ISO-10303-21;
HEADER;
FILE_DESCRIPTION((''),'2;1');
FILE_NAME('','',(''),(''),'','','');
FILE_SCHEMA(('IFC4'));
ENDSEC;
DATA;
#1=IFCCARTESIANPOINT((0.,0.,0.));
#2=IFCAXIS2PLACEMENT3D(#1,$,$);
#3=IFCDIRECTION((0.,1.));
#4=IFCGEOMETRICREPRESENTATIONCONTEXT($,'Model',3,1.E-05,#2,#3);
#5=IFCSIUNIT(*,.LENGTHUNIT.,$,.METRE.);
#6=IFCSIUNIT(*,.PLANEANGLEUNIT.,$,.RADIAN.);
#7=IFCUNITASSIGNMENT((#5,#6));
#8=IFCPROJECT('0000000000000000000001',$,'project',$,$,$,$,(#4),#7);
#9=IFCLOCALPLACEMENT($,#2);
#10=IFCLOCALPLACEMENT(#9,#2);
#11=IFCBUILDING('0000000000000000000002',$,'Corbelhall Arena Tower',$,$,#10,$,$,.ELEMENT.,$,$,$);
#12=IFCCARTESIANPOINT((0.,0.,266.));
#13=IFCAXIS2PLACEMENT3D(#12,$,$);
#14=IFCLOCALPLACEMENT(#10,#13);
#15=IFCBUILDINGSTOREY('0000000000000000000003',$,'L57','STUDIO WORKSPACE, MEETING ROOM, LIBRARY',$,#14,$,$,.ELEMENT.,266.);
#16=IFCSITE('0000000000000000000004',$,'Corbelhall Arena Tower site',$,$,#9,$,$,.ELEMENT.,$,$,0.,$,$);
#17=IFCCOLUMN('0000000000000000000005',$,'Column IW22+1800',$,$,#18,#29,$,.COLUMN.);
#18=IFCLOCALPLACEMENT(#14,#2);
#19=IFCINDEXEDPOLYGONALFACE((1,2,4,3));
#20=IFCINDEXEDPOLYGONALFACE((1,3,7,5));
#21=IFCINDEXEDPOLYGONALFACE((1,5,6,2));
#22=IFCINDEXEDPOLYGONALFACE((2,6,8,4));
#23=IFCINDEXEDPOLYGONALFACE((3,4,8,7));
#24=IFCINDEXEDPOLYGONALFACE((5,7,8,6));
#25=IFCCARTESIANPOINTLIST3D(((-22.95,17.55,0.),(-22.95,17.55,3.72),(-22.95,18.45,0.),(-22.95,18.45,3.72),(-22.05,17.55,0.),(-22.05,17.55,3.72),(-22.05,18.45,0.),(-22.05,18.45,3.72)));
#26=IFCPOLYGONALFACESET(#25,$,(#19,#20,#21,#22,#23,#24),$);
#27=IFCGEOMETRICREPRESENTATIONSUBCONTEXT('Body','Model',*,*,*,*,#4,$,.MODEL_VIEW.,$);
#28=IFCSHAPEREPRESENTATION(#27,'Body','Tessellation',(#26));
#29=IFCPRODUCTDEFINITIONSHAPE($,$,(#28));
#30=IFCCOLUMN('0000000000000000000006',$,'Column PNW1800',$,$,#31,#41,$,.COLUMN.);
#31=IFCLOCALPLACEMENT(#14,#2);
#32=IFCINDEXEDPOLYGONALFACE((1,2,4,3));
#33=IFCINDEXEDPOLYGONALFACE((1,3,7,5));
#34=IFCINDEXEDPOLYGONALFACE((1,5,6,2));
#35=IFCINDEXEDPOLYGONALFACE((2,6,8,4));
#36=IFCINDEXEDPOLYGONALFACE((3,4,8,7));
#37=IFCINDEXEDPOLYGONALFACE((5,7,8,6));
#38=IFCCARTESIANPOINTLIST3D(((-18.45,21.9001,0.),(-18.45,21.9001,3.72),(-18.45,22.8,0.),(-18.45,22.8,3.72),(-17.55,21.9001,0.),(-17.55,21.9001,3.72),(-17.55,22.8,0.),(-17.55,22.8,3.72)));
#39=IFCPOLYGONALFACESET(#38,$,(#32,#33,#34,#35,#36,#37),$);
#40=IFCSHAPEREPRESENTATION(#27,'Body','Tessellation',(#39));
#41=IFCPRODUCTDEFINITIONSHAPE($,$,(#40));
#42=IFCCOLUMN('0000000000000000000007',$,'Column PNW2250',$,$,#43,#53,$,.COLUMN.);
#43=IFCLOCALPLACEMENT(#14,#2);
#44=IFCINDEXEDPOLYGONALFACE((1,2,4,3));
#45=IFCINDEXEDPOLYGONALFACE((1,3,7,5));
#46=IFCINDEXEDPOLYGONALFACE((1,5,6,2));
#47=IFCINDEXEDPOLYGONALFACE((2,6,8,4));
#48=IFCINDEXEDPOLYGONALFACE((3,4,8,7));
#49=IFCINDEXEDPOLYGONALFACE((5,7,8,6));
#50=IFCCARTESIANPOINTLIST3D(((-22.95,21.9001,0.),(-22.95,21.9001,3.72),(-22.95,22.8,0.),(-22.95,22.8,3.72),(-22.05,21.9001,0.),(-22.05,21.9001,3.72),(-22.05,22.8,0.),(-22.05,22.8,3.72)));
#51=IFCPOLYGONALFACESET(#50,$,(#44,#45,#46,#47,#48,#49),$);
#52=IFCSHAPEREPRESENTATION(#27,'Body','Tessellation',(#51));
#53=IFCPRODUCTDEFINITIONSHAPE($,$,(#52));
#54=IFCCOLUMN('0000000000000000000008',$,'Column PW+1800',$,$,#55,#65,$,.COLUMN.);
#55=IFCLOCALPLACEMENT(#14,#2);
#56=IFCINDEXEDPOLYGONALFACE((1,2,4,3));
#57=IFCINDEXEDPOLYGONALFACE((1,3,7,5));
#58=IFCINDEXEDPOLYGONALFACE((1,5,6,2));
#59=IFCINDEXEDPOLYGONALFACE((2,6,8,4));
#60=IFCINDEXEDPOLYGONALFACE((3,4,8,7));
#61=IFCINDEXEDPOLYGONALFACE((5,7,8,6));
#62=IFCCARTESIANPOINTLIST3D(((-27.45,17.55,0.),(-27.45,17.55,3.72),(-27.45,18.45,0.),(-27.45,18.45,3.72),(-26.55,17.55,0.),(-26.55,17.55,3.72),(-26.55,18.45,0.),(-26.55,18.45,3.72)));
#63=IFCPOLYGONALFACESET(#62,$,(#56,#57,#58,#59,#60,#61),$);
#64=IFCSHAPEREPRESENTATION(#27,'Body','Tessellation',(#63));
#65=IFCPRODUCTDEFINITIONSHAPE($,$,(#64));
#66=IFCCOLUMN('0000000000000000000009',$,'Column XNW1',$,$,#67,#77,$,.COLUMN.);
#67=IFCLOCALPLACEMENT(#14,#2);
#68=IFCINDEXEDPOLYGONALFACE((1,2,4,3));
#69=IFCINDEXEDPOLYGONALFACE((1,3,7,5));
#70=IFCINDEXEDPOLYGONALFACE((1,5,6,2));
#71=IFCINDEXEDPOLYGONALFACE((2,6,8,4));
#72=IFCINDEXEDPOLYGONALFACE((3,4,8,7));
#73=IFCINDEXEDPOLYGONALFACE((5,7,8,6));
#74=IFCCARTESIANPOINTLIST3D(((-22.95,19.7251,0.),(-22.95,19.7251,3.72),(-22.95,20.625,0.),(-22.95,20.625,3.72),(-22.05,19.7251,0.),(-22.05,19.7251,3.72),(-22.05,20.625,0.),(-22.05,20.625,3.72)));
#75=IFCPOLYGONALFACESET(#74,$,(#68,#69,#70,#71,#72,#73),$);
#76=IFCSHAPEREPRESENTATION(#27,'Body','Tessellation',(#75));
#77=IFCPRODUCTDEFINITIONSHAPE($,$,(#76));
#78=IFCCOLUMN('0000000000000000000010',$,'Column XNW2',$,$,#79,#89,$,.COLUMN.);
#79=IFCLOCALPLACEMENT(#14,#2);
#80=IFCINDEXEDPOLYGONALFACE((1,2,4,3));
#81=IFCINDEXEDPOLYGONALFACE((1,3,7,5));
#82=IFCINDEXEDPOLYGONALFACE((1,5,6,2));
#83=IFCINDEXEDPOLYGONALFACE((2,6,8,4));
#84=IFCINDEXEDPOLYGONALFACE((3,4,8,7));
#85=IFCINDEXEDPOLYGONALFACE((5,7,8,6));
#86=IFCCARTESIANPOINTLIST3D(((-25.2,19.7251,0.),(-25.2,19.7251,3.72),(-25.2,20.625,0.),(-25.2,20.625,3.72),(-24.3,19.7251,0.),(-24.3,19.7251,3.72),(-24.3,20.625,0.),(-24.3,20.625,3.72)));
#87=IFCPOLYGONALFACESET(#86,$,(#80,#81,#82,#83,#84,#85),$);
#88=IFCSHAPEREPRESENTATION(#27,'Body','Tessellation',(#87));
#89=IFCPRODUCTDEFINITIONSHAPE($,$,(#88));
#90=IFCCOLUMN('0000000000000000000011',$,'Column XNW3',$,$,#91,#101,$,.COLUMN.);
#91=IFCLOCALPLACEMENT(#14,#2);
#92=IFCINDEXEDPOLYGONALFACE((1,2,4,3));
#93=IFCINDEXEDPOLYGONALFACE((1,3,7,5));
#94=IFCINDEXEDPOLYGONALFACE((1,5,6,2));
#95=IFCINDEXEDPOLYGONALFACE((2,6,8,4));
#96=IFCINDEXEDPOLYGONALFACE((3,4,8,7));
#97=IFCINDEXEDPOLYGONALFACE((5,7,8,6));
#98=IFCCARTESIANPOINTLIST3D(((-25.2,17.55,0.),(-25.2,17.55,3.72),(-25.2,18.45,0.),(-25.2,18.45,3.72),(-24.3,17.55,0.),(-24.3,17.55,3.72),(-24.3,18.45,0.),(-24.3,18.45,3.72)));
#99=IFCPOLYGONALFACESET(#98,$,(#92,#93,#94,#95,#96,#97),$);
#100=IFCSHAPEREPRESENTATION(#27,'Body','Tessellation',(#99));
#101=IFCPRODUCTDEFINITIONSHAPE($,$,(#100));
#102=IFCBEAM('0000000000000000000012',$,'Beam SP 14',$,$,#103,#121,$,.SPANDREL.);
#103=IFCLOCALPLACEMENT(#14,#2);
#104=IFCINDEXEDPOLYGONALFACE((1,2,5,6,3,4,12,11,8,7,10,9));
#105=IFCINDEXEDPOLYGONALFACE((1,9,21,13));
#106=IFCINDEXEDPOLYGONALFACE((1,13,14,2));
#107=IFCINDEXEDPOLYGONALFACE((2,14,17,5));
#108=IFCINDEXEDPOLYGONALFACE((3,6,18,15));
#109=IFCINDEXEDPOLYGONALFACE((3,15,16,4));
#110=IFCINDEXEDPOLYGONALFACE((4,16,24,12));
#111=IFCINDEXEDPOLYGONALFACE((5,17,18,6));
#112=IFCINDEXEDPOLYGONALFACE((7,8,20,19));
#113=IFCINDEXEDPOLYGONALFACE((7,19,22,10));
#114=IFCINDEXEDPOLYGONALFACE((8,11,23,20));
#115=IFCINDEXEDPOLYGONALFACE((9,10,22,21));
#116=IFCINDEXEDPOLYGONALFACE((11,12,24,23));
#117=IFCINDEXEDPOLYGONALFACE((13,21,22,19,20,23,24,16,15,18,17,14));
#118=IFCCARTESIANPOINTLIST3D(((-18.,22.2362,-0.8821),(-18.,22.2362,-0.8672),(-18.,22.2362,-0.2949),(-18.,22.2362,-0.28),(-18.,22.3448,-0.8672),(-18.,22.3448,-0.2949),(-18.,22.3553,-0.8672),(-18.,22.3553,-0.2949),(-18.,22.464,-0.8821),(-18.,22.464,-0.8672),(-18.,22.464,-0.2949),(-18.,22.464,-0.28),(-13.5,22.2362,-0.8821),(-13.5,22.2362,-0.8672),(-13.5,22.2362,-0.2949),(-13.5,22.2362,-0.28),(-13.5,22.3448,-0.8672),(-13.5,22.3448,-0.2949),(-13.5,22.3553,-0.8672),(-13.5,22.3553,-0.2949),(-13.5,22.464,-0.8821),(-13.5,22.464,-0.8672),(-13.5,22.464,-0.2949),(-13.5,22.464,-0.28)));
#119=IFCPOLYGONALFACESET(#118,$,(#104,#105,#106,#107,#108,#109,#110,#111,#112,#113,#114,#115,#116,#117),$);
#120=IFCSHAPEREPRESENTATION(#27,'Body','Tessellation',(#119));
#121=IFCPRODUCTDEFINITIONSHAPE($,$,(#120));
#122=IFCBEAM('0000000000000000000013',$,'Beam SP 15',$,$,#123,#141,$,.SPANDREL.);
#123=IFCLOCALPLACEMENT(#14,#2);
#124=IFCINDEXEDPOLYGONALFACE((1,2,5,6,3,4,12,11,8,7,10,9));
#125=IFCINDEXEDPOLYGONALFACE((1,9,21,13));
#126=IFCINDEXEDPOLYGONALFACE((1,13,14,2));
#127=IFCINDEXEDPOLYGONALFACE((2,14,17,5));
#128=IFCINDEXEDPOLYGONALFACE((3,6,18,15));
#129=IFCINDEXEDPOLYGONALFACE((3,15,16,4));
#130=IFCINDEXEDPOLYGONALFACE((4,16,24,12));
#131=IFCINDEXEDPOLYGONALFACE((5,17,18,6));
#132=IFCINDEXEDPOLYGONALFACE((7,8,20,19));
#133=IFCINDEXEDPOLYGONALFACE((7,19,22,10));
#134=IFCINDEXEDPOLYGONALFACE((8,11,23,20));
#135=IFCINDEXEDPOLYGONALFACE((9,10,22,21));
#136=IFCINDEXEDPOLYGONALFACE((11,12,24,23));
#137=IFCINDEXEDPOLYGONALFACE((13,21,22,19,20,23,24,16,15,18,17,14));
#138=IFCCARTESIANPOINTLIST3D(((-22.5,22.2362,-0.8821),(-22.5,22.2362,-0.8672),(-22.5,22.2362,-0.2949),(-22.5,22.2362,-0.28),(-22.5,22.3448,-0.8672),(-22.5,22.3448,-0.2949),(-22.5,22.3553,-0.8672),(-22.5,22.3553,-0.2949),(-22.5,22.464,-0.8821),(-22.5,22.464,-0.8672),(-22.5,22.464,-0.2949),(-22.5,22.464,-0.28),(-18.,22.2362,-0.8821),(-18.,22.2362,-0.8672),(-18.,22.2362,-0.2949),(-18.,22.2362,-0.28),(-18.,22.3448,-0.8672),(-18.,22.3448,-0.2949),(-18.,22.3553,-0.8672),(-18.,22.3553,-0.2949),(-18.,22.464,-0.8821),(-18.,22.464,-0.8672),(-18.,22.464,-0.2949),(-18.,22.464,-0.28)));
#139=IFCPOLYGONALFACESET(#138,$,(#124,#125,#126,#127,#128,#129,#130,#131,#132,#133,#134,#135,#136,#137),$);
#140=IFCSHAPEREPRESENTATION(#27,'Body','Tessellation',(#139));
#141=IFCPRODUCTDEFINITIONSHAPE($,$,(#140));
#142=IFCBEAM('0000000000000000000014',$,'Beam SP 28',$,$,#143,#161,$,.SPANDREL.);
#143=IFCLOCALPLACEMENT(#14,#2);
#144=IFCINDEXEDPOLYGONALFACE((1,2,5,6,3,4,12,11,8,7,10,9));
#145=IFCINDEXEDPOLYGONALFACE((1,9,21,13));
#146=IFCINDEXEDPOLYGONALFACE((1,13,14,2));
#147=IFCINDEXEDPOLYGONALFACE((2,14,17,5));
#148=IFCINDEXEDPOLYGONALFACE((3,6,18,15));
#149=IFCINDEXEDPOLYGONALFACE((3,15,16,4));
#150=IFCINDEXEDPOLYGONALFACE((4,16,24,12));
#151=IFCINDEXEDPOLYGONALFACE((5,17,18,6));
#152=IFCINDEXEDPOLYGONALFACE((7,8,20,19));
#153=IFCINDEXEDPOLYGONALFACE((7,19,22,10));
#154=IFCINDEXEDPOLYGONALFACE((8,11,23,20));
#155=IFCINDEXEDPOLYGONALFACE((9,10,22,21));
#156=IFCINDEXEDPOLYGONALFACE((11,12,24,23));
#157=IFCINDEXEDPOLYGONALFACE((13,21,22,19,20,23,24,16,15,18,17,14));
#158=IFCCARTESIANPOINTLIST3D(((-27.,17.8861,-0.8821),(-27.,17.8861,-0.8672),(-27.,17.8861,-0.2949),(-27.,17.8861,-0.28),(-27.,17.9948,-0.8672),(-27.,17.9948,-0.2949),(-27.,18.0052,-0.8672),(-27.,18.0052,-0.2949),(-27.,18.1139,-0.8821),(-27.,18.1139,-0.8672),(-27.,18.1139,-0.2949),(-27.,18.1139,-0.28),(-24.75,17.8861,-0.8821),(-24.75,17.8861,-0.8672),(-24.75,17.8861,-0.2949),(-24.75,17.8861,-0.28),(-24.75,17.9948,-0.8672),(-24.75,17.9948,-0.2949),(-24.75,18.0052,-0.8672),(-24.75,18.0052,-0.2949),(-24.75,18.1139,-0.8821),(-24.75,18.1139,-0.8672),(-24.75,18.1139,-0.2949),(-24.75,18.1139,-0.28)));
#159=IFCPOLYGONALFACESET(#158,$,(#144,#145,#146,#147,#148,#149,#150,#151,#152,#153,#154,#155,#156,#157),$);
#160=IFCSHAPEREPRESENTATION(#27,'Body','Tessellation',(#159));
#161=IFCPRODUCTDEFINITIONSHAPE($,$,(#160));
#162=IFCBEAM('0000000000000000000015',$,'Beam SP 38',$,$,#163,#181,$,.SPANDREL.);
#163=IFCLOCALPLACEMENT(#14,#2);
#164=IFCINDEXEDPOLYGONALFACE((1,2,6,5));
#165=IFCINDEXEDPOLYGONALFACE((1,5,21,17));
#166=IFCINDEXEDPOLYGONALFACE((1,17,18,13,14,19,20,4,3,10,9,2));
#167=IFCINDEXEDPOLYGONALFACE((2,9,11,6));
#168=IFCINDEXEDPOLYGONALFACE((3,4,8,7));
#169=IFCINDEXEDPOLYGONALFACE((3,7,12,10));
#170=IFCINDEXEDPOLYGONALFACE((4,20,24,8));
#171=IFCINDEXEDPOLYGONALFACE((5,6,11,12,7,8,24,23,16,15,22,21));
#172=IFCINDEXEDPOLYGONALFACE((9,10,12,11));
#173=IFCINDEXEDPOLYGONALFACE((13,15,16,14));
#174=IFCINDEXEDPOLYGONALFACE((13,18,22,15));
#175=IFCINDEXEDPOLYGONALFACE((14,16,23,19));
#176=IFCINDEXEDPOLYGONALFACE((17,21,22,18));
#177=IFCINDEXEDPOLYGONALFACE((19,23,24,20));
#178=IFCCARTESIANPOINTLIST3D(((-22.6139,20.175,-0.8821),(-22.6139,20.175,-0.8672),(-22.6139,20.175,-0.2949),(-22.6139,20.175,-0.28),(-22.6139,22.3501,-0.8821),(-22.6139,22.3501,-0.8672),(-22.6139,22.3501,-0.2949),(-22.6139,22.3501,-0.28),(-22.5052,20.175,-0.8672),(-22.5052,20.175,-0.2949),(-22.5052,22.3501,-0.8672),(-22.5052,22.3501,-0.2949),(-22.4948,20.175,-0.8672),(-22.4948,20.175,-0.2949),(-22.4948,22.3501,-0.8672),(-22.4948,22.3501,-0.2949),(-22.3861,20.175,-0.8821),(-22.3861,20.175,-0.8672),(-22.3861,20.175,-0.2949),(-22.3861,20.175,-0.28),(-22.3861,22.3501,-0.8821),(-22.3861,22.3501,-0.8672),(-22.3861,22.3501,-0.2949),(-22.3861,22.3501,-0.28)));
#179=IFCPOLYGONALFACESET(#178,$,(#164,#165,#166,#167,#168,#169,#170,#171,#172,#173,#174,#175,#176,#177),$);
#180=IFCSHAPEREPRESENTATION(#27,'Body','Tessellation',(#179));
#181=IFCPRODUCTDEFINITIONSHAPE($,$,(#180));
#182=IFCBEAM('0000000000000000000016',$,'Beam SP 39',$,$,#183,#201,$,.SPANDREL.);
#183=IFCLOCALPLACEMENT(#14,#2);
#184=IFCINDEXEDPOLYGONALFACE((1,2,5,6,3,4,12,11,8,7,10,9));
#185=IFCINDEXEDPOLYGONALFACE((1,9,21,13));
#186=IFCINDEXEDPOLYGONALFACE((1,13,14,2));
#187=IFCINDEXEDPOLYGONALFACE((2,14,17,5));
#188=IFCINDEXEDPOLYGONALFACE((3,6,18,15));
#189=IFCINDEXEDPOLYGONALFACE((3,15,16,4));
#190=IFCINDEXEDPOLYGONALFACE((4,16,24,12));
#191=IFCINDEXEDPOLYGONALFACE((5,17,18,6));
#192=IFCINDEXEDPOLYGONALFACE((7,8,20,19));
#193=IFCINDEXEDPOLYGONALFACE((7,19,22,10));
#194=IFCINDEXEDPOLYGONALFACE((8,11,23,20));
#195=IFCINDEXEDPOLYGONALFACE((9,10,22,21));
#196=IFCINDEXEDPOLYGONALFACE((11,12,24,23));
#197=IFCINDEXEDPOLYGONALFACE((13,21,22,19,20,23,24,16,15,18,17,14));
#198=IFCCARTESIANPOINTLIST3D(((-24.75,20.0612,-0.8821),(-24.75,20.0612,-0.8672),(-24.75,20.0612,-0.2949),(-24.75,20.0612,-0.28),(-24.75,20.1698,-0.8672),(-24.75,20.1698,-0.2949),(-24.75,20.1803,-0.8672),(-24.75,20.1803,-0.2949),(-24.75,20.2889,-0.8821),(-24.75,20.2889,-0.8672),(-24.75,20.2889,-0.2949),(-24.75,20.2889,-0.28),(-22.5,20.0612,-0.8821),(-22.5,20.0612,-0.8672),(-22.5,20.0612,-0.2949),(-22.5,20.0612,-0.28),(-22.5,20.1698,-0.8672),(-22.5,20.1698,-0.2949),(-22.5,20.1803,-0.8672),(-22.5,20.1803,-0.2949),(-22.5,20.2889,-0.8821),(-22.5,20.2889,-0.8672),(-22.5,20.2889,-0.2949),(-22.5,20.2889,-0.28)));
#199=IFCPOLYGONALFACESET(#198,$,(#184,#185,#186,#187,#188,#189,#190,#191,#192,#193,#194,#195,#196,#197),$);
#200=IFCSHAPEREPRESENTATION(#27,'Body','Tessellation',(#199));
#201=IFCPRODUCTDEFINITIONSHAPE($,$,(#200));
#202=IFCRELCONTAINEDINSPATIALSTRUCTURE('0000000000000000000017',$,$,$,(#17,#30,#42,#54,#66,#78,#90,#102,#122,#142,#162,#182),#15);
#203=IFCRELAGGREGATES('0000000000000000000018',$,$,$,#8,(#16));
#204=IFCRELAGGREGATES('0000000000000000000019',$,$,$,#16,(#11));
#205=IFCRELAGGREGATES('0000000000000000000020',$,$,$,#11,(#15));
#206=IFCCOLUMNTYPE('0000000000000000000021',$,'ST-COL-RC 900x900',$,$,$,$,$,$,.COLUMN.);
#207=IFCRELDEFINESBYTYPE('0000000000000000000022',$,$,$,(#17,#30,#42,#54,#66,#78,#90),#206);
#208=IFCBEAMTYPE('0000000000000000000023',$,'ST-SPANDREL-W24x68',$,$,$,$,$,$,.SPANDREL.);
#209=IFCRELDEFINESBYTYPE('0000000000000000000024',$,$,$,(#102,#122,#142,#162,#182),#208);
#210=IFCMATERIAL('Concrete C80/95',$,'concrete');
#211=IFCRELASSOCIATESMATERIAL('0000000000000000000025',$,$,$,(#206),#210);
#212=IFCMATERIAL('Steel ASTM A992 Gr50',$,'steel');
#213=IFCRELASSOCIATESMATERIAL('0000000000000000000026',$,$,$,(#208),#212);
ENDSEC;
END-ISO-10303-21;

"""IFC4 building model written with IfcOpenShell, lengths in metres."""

from ifc_helpers import new_model, si_unit, direction, frame, origin, origin_2d, place, context, subcontext, project, spatial, rectangle, i_section, extrude, material, material_profile, profile_set, type_object, element, save


model = new_model("IFC4")

# Units and contexts
model_context = context("Model", 3, precision=1e-05, world=origin(), true_north=direction((0.0, 1.0)))
body_context = subcontext(model_context, "Body", "Model", "MODEL_VIEW")
ifc_project = project(units=[si_unit("LENGTHUNIT", "METRE"), si_unit("PLANEANGLEUNIT", "RADIAN")], contexts=[model_context])

# Site, building, storey
site_placement = place(None, origin())
site = spatial("IfcSite", under=ifc_project, at=site_placement, Name="Corbelhall Arena Tower site", CompositionType="ELEMENT", RefElevation=0.0)
building_placement = place(site_placement, origin())
building = spatial("IfcBuilding", under=site, at=building_placement, Name="Corbelhall Arena Tower", CompositionType="ELEMENT")
storey_placement = place(building_placement, frame((0.0, 0.0, 266.0)))
storey = spatial("IfcBuildingStorey", under=building, at=storey_placement, Name="L57", Description="STUDIO WORKSPACE, MEETING ROOM, LIBRARY", CompositionType="ELEMENT", Elevation=266.0)

# Columns
ifc_material_1 = material(Name="Concrete C80/95", Category="concrete")
ifc_material_profile_1 = material_profile(ifc_material_1, rectangle(XDim=0.8999, YDim=0.8999, at=origin_2d()))
ifc_profile_set_1 = profile_set([ifc_material_profile_1], Name="Concrete C80/95")
column_type = type_object("IfcColumnType", Name="ST-COL-RC 900x900", PredefinedType="COLUMN", material=ifc_profile_set_1)
for number, where, z_axis, x_axis, name in (
    (1, (-22.5, 18.0, 0.0), (0.0, 0.0, 1.0), (1.0, 0.0, 0.0), "Column IW22+1800"),
    (2, (-18.0, 22.3501, 0.0), (0.0, 0.0, 1.0), (1.0, 0.0, 0.0), "Column PNW1800"),
    (3, (-22.5, 22.3501, 0.0), (0.0, 0.0, 1.0), (1.0, 0.0, 0.0), "Column PNW2250"),
    (4, (-27.0, 18.0, 0.0), (0.0, 0.0, 1.0), (0.0, 1.0, 0.0), "Column PW+1800"),
    (5, (-22.5, 20.175, 0.0), (0.0, 0.0, 1.0), (1.0, 0.0, 0.0), "Column XNW1"),
    (6, (-24.75, 20.175, 0.0), (0.0, 0.0, 1.0), (1.0, 0.0, 0.0), "Column XNW2"),
    (7, (-24.75, 18.0, 0.0), (0.0, 0.0, 1.0), (1.0, 0.0, 0.0), "Column XNW3"),
):
    element("IfcColumn", number, at=place(storey_placement, frame(where, z_axis=z_axis, x_axis=x_axis)), inside=storey, type_object=column_type, Name=name, PredefinedType="COLUMN", context=body_context, shape_type="SweptSolid", body=[
        extrude(rectangle(XDim=0.8999, YDim=0.8999, at=origin_2d()), origin(), (0.0, 0.0, 1.0), 3.72),
    ])

# Beams
ifc_material_2 = material(Name="Steel ASTM A992 Gr50", Category="steel")
ifc_material_profile_2 = material_profile(ifc_material_2, i_section(OverallWidth=0.2278, OverallDepth=0.6021, WebThickness=0.0105, FlangeThickness=0.0149, at=origin_2d()))
ifc_profile_set_2 = profile_set([ifc_material_profile_2], Name="Steel ASTM A992 Gr50")
beam_type = type_object("IfcBeamType", Name="ST-SPANDREL-W24x68", PredefinedType="SPANDREL", material=ifc_profile_set_2)
for number, where, z_axis, x_axis, name in (
    (8, (-18.0, 22.3501, -0.5811), (1.0, 0.0, 0.0), (0.0, 1.0, 0.0), "Beam SP 14"),
    (9, (-22.5, 22.3501, -0.5811), (1.0, 0.0, 0.0), (0.0, 1.0, 0.0), "Beam SP 15"),
):
    element("IfcBeam", number, at=place(storey_placement, frame(where, z_axis=z_axis, x_axis=x_axis)), inside=storey, type_object=beam_type, Name=name, PredefinedType="SPANDREL", context=body_context, shape_type="SweptSolid", body=[
        extrude(i_section(OverallWidth=0.2278, OverallDepth=0.6021, WebThickness=0.0105, FlangeThickness=0.0149, at=origin_2d()), origin(), (0.0, 0.0, 1.0), 4.5),
    ])
beam_1_placement = place(storey_placement, frame((-27.0, 18.0, -0.5811), z_axis=(1.0, 0.0, 0.0), x_axis=(0.0, 1.0, 0.0)))
element("IfcBeam", 10, at=beam_1_placement, inside=storey, type_object=beam_type, Name="Beam SP 28", PredefinedType="SPANDREL", context=body_context, shape_type="SweptSolid", body=[
    extrude(i_section(OverallWidth=0.2278, OverallDepth=0.6021, WebThickness=0.0105, FlangeThickness=0.0149, at=origin_2d()), origin(), (0.0, 0.0, 1.0), 2.25),
])
beam_2_placement = place(storey_placement, frame((-22.5, 20.175, -0.5811), z_axis=(0.0, 1.0, 0.0), x_axis=(-1.0, 0.0, 0.0)))
element("IfcBeam", 11, at=beam_2_placement, inside=storey, type_object=beam_type, Name="Beam SP 38", PredefinedType="SPANDREL", context=body_context, shape_type="SweptSolid", body=[
    extrude(i_section(OverallWidth=0.2278, OverallDepth=0.6021, WebThickness=0.0105, FlangeThickness=0.0149, at=origin_2d()), origin(), (0.0, 0.0, 1.0), 2.175),
])
beam_3_placement = place(storey_placement, frame((-24.75, 20.175, -0.5811), z_axis=(1.0, 0.0, 0.0), x_axis=(0.0, 1.0, 0.0)))
element("IfcBeam", 12, at=beam_3_placement, inside=storey, type_object=beam_type, Name="Beam SP 39", PredefinedType="SPANDREL", context=body_context, shape_type="SweptSolid", body=[
    extrude(i_section(OverallWidth=0.2278, OverallDepth=0.6021, WebThickness=0.0105, FlangeThickness=0.0149, at=origin_2d()), origin(), (0.0, 0.0, 1.0), 2.25),
])

save(model, "model.ifc")
